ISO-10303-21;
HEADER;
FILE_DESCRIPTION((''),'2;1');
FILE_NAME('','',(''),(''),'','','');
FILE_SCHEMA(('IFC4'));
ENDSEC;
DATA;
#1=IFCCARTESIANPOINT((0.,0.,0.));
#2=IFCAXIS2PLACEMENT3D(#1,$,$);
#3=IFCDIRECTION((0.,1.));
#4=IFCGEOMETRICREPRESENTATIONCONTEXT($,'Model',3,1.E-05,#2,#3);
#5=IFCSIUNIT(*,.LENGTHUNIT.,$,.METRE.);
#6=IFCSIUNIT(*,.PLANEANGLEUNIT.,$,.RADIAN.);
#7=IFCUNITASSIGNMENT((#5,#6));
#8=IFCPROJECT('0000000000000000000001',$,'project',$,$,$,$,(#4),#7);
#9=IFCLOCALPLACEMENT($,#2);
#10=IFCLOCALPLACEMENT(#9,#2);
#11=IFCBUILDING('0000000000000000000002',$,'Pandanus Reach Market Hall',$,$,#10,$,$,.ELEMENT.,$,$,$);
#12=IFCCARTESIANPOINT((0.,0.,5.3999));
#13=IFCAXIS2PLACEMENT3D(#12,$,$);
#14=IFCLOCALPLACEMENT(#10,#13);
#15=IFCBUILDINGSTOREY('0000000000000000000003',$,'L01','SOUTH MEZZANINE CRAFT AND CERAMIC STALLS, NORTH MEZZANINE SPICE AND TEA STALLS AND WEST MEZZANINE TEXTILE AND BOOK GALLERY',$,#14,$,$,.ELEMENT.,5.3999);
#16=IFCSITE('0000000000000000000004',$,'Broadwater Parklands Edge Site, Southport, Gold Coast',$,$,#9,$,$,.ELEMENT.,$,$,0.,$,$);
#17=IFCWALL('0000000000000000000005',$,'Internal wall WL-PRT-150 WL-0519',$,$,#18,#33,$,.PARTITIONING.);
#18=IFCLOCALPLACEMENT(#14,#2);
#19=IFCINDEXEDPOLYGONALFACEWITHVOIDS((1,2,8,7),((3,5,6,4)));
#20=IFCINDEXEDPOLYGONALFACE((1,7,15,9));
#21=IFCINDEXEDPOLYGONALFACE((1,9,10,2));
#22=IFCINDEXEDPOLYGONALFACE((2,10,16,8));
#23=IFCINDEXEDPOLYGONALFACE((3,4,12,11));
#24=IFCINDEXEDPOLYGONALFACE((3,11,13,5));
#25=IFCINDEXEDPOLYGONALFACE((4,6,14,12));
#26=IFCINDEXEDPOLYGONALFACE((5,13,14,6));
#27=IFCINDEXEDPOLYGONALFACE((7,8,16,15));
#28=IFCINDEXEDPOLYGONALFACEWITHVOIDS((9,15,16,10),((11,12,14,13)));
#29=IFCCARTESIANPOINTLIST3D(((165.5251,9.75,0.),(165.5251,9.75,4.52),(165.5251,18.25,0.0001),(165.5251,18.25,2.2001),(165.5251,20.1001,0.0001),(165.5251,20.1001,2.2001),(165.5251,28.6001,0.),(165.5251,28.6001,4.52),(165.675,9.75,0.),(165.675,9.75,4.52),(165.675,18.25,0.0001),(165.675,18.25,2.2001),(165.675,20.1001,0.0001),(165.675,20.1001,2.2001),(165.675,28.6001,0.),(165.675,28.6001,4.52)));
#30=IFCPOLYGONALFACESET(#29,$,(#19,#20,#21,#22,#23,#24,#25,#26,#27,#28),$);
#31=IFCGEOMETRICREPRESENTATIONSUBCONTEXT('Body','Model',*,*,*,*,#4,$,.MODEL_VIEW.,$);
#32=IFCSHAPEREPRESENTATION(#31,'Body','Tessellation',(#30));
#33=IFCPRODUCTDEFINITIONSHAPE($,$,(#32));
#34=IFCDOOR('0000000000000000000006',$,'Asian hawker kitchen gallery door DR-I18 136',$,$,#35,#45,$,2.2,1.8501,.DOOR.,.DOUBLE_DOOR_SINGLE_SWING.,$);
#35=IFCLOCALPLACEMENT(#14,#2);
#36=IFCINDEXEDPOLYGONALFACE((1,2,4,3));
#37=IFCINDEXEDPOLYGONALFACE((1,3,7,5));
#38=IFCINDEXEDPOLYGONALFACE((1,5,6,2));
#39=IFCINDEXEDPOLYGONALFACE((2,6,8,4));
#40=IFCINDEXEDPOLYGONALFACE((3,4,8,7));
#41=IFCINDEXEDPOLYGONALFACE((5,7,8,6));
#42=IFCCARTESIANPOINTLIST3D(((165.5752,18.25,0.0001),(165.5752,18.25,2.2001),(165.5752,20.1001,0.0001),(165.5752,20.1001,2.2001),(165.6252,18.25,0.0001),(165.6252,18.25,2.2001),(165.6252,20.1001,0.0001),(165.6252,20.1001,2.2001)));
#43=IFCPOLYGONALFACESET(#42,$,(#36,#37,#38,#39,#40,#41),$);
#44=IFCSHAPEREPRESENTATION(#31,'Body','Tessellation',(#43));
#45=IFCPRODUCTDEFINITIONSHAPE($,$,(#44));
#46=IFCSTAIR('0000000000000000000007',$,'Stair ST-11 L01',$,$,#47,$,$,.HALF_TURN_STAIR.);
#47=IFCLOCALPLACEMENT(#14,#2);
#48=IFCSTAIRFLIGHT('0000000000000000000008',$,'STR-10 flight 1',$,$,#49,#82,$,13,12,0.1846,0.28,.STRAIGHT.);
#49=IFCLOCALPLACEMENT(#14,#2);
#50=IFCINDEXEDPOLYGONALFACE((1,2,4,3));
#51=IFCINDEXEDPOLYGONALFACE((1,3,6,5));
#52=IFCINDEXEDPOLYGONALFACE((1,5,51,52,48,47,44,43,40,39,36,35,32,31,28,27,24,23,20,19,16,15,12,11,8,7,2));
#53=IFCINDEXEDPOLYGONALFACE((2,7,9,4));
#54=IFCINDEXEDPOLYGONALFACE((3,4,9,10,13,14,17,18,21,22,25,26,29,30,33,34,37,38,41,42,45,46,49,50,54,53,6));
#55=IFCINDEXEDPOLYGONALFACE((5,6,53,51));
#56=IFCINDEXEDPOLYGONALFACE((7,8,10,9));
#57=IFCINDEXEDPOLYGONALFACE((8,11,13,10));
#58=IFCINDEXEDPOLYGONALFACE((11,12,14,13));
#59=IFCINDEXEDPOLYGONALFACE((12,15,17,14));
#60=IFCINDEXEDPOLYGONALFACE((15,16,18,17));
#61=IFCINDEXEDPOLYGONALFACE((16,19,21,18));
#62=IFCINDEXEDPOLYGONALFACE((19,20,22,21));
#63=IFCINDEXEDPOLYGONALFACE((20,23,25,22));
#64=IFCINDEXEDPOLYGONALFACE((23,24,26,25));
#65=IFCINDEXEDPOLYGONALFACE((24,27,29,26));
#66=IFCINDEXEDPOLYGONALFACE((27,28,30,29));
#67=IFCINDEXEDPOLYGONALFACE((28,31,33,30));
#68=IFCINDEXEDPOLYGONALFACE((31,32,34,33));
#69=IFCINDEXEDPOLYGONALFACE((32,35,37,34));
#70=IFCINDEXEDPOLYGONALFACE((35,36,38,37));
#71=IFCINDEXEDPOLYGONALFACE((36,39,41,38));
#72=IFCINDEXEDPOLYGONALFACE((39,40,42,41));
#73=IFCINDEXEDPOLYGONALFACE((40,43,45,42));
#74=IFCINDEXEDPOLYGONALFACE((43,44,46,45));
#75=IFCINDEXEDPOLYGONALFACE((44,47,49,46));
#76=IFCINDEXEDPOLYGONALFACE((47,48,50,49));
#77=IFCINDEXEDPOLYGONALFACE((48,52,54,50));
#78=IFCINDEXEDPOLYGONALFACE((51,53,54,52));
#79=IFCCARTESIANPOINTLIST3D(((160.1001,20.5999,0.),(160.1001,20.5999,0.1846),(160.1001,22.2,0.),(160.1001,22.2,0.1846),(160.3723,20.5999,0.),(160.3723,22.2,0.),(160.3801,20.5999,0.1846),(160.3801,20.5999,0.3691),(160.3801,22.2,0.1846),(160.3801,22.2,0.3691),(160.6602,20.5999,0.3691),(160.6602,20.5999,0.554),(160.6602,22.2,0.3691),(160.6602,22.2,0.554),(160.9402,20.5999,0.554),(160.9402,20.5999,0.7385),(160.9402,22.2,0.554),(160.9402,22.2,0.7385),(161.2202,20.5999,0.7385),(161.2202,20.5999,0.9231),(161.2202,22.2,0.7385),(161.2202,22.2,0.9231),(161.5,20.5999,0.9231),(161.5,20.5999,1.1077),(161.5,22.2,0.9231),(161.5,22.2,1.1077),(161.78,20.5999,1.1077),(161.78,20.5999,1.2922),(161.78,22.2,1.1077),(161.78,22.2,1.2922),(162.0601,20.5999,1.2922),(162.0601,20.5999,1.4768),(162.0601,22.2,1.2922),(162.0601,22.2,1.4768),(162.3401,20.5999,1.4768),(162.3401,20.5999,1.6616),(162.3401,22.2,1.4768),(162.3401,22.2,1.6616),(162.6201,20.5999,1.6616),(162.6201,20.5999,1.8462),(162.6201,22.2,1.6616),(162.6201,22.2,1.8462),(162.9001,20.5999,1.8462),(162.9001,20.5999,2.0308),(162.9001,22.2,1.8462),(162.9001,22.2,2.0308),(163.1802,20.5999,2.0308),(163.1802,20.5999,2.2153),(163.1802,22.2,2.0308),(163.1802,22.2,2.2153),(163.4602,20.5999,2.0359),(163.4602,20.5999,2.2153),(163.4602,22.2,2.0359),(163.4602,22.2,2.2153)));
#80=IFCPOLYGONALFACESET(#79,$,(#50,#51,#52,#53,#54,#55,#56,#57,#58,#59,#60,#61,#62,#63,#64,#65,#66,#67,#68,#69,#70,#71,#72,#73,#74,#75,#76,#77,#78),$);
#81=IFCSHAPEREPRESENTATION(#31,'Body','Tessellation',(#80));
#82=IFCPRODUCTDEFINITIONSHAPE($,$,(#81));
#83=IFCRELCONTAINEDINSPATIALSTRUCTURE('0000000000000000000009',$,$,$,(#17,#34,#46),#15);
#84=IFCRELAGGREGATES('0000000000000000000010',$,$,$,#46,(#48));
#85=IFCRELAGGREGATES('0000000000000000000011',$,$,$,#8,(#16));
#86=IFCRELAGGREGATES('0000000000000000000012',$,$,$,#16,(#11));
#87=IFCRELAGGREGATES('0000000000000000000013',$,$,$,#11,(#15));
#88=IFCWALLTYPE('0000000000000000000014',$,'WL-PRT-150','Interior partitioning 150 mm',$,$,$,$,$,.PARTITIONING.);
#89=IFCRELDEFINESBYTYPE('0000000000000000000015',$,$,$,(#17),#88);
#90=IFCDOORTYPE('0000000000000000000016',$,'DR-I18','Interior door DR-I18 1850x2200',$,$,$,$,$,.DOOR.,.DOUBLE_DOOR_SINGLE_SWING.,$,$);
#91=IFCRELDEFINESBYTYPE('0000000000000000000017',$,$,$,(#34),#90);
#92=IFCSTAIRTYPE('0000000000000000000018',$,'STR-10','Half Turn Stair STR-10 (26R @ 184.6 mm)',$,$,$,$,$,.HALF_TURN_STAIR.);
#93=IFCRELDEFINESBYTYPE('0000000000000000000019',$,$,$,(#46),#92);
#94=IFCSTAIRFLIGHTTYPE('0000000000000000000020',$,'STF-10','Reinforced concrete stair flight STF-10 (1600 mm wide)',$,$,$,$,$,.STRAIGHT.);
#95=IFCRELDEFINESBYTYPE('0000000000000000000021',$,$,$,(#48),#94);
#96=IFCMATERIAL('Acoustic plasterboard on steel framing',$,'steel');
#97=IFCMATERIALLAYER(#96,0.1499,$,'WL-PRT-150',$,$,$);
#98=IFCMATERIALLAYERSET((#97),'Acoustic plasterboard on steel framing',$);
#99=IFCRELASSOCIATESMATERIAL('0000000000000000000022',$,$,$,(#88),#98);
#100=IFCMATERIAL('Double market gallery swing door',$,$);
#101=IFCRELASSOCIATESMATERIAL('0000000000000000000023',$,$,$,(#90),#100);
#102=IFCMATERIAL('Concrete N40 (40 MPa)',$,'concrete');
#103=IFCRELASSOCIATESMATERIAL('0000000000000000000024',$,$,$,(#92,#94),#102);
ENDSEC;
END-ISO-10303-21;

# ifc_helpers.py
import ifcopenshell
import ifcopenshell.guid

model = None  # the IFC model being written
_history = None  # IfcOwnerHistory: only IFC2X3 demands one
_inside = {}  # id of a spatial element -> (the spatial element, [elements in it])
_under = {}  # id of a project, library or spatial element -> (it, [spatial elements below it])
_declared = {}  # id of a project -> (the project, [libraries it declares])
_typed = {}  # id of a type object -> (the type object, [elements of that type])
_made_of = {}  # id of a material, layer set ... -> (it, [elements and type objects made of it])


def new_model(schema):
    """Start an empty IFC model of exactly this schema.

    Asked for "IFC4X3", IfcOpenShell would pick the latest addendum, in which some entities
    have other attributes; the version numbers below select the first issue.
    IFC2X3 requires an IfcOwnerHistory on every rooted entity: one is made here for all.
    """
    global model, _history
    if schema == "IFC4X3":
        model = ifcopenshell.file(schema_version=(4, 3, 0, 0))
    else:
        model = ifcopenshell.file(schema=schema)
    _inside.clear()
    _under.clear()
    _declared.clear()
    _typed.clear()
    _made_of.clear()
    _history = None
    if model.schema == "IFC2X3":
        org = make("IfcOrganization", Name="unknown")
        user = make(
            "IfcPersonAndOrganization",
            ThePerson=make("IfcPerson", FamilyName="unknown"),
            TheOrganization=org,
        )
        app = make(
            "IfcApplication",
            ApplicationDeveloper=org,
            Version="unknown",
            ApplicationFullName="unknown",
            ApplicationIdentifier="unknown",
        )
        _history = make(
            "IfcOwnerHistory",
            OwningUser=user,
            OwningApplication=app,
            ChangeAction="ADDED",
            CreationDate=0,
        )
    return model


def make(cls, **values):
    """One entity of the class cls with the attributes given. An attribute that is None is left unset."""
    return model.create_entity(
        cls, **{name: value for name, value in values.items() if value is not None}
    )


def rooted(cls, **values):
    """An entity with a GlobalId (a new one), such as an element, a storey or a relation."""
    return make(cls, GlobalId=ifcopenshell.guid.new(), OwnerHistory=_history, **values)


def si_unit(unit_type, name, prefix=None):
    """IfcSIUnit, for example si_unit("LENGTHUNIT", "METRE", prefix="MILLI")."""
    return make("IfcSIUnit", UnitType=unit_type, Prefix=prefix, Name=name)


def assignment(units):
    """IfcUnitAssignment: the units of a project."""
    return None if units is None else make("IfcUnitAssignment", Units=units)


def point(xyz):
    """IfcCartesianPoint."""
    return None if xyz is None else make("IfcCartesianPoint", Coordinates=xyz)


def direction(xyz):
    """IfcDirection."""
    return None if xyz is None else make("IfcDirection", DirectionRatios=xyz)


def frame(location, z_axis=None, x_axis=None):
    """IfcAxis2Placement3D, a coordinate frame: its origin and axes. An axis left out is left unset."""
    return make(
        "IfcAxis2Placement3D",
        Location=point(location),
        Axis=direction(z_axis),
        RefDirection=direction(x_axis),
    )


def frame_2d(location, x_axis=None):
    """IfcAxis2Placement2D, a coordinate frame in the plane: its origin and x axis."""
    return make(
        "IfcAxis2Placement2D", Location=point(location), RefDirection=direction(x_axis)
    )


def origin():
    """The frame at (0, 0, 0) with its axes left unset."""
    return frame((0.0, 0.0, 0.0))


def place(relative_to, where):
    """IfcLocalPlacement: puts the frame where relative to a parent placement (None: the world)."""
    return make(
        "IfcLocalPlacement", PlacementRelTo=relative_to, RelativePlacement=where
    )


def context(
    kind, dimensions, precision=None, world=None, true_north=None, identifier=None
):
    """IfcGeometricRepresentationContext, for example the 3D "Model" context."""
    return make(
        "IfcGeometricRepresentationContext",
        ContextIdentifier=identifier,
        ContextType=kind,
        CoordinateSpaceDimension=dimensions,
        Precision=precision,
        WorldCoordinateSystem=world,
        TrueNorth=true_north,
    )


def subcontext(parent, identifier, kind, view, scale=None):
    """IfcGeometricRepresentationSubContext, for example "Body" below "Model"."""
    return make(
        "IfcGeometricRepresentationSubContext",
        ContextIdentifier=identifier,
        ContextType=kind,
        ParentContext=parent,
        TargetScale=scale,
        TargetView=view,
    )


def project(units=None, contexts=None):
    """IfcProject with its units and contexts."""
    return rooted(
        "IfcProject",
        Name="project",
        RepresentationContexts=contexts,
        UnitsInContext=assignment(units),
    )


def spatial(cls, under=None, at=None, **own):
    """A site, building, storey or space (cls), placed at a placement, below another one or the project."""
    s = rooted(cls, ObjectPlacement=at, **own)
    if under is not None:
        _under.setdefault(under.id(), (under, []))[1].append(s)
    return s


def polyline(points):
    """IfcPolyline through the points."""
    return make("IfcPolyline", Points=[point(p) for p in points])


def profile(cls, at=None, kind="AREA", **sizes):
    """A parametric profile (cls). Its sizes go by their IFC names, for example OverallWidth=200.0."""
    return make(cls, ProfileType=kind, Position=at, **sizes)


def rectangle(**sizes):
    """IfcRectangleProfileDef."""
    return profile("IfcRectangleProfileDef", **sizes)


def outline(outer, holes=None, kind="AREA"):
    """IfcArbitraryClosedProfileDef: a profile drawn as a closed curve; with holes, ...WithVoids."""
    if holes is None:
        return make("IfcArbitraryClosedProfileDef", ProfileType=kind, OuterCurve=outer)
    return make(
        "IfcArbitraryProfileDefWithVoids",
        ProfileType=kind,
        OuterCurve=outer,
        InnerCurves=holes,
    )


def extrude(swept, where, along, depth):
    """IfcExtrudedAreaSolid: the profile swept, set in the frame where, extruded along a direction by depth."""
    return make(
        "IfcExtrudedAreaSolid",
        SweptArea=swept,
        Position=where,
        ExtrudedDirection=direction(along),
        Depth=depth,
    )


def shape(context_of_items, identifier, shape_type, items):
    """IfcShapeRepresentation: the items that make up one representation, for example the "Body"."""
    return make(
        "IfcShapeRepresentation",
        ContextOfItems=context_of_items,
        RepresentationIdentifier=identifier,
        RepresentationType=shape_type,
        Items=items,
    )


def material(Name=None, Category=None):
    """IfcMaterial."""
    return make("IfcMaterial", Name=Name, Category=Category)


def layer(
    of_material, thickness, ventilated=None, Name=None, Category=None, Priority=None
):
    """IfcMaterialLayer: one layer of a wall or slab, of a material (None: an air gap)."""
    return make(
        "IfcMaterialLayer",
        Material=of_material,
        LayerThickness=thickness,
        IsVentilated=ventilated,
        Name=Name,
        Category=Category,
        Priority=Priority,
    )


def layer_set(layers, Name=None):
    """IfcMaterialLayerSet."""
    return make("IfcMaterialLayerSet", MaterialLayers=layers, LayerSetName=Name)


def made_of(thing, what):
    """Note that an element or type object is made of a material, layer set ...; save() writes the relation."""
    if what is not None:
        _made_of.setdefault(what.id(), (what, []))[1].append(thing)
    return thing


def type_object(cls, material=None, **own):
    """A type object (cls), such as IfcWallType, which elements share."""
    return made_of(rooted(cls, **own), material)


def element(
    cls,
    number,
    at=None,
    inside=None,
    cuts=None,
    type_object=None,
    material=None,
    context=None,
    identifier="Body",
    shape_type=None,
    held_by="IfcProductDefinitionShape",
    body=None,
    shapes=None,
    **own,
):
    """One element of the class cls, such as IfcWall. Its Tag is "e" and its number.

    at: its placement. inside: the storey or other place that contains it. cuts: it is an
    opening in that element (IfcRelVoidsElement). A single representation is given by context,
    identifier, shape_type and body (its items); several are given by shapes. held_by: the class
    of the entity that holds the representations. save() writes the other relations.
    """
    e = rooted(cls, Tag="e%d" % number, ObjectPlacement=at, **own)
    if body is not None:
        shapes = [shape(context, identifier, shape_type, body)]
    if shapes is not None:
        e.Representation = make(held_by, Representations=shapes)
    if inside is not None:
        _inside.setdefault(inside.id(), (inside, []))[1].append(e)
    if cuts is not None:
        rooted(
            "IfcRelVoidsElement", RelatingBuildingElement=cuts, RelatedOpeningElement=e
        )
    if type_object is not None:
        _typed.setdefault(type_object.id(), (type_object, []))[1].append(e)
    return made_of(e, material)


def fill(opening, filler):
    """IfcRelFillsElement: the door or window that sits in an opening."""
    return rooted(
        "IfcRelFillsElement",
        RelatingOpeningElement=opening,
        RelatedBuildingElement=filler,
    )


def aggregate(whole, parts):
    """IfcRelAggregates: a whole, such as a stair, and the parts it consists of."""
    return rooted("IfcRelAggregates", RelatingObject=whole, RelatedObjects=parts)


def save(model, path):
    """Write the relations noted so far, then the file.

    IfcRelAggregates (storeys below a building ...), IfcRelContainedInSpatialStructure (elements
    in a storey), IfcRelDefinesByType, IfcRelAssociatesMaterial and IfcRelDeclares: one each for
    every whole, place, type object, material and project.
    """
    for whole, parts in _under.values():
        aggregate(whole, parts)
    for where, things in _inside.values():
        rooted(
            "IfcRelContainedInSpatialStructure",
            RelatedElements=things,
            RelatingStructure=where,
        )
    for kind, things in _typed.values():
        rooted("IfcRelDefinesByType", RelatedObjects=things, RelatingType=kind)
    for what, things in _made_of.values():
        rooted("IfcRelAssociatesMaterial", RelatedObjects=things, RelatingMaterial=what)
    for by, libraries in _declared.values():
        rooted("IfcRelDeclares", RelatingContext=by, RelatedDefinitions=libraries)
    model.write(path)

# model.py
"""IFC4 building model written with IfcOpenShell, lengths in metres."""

from ifc_helpers import new_model, si_unit, direction, frame, frame_2d, origin, place, context, subcontext, project, spatial, polyline, rectangle, outline, extrude, material, layer, layer_set, type_object, element, fill, aggregate, save


model = new_model("IFC4")

# Units and contexts
model_context = context("Model", 3, precision=1e-05, world=origin(), true_north=direction((0.0, 1.0)))
body_context = subcontext(model_context, "Body", "Model", "MODEL_VIEW")
ifc_project = project(units=[si_unit("LENGTHUNIT", "METRE"), si_unit("PLANEANGLEUNIT", "RADIAN")], contexts=[model_context])

# Site, building, storey
site_placement = place(None, origin())
site = spatial("IfcSite", under=ifc_project, at=site_placement, Name="Broadwater Parklands Edge Site, Southport, Gold Coast", CompositionType="ELEMENT", RefElevation=0.0)
building_placement = place(site_placement, origin())
building = spatial("IfcBuilding", under=site, at=building_placement, Name="Pandanus Reach Market Hall", CompositionType="ELEMENT")
storey_placement = place(building_placement, frame((0.0, 0.0, 5.3999)))
storey = spatial("IfcBuildingStorey", under=building, at=storey_placement, Name="L01", Description="SOUTH MEZZANINE CRAFT AND CERAMIC STALLS, NORTH MEZZANINE SPICE AND TEA STALLS AND WEST MEZZANINE TEXTILE AND BOOK GALLERY", CompositionType="ELEMENT", Elevation=5.3999)

# Wall, opening, door
ifc_material_1 = material(Name="Acoustic plasterboard on steel framing", Category="steel")
ifc_layer_1 = layer(ifc_material_1, 0.1499, Name="WL-PRT-150")
ifc_layer_set_1 = layer_set([ifc_layer_1], Name="Acoustic plasterboard on steel framing")
wall_type = type_object("IfcWallType", Name="WL-PRT-150", Description="Interior partitioning 150 mm", PredefinedType="PARTITIONING", material=ifc_layer_set_1)
wall_placement = place(storey_placement, frame((165.6001, 9.75, 0.0), z_axis=(0.0, 0.0, 1.0), x_axis=(0.0, 1.0, 0.0)))
wall = element("IfcWall", 1, at=wall_placement, inside=storey, type_object=wall_type, Name="Internal wall WL-PRT-150 WL-0519", PredefinedType="PARTITIONING", context=body_context, shape_type="SweptSolid", body=[
    extrude(rectangle(XDim=18.8501, YDim=0.1499, at=frame_2d((9.425, 0.0))), origin(), (0.0, 0.0, 1.0), 4.52),
])
opening_placement = place(wall_placement, frame((8.5, 0.0, 0.0)))
opening = element("IfcOpeningElement", 2, at=opening_placement, cuts=wall, PredefinedType="OPENING", context=body_context, shape_type="SweptSolid", body=[
    extrude(rectangle(XDim=1.8501, YDim=2.2, at=frame_2d((0.925, 1.1001))), frame((0.0, 0.0898, 0.0), z_axis=(0.0, -1.0, 0.0), x_axis=(1.0, 0.0, 0.0)), (0.0, 0.0, 1.0), 0.1799),
])
ifc_material_2 = material(Name="Double market gallery swing door")
door_type = type_object("IfcDoorType", Name="DR-I18", Description="Interior door DR-I18 1850x2200", OperationType="DOUBLE_DOOR_SINGLE_SWING", PredefinedType="DOOR", material=ifc_material_2)
door_placement = place(opening_placement, origin())
door = element("IfcDoor", 3, at=door_placement, inside=storey, type_object=door_type, Name="Asian hawker kitchen gallery door DR-I18 136", OperationType="DOUBLE_DOOR_SINGLE_SWING", OverallHeight=2.2, OverallWidth=1.8501, PredefinedType="DOOR", context=body_context, shape_type="SweptSolid", body=[
    extrude(rectangle(XDim=1.8501, YDim=2.2, at=frame_2d((0.925, 1.1001))), frame((0.0, 0.0249, 0.0), z_axis=(0.0, -1.0, 0.0), x_axis=(1.0, 0.0, 0.0)), (0.0, 0.0, 1.0), 0.05),
])
fill(opening, door)

# Stair, stair flight
ifc_material_3 = material(Name="Concrete N40 (40 MPa)", Category="concrete")
stair_type = type_object("IfcStairType", Name="STR-10", Description="Half Turn Stair STR-10 (26R @ 184.6 mm)", PredefinedType="HALF_TURN_STAIR", material=ifc_material_3)
stair_placement = place(storey_placement, origin())
stair = element("IfcStair", 4, at=stair_placement, inside=storey, type_object=stair_type, Name="Stair ST-11 L01", PredefinedType="HALF_TURN_STAIR")
stair_flight_type = type_object("IfcStairFlightType", Name="STF-10", Description="Reinforced concrete stair flight STF-10 (1600 mm wide)", PredefinedType="STRAIGHT", material=ifc_material_3)
stair_flight_placement = place(storey_placement, frame((160.1001, 21.3999, 0.0), z_axis=(0.0, 0.0, 1.0), x_axis=(1.0, 0.0, 0.0)))
stair_flight = element("IfcStairFlight", 5, at=stair_flight_placement, type_object=stair_flight_type, Name="STR-10 flight 1", NumberOfRisers=13, NumberOfTreads=12, PredefinedType="STRAIGHT", RiserHeight=0.1846, TreadLength=0.28, context=body_context, shape_type="SweptSolid", body=[
    extrude(outline(polyline([(0.0, 0.0), (0.0, 0.1846), (0.28, 0.1846), (0.28, 0.3691), (0.5601, 0.3691), (0.5601, 0.554), (0.8401, 0.554), (0.8401, 0.7385), (1.1201, 0.7385), (1.1201, 0.9231), (1.3999, 0.9231), (1.3999, 1.1077), (1.6799, 1.1077), (1.6799, 1.2922), (1.96, 1.2922), (1.96, 1.4768), (2.24, 1.4768), (2.24, 1.6616), (2.52, 1.6616), (2.52, 1.8462), (2.8, 1.8462), (2.8, 2.0308), (3.0801, 2.0308), (3.0801, 2.2153), (3.3601, 2.2153), (3.3601, 2.3999), (3.3601, 2.0359), (0.2722, 0.0), (0.0, 0.0)])), frame((0.0, 0.8, 0.0), z_axis=(0.0, -1.0, 0.0), x_axis=(1.0, 0.0, 0.0)), (0.0, 0.0, 1.0), 1.6001),
])
aggregate(stair, [stair_flight])

save(model, "model.ifc")
